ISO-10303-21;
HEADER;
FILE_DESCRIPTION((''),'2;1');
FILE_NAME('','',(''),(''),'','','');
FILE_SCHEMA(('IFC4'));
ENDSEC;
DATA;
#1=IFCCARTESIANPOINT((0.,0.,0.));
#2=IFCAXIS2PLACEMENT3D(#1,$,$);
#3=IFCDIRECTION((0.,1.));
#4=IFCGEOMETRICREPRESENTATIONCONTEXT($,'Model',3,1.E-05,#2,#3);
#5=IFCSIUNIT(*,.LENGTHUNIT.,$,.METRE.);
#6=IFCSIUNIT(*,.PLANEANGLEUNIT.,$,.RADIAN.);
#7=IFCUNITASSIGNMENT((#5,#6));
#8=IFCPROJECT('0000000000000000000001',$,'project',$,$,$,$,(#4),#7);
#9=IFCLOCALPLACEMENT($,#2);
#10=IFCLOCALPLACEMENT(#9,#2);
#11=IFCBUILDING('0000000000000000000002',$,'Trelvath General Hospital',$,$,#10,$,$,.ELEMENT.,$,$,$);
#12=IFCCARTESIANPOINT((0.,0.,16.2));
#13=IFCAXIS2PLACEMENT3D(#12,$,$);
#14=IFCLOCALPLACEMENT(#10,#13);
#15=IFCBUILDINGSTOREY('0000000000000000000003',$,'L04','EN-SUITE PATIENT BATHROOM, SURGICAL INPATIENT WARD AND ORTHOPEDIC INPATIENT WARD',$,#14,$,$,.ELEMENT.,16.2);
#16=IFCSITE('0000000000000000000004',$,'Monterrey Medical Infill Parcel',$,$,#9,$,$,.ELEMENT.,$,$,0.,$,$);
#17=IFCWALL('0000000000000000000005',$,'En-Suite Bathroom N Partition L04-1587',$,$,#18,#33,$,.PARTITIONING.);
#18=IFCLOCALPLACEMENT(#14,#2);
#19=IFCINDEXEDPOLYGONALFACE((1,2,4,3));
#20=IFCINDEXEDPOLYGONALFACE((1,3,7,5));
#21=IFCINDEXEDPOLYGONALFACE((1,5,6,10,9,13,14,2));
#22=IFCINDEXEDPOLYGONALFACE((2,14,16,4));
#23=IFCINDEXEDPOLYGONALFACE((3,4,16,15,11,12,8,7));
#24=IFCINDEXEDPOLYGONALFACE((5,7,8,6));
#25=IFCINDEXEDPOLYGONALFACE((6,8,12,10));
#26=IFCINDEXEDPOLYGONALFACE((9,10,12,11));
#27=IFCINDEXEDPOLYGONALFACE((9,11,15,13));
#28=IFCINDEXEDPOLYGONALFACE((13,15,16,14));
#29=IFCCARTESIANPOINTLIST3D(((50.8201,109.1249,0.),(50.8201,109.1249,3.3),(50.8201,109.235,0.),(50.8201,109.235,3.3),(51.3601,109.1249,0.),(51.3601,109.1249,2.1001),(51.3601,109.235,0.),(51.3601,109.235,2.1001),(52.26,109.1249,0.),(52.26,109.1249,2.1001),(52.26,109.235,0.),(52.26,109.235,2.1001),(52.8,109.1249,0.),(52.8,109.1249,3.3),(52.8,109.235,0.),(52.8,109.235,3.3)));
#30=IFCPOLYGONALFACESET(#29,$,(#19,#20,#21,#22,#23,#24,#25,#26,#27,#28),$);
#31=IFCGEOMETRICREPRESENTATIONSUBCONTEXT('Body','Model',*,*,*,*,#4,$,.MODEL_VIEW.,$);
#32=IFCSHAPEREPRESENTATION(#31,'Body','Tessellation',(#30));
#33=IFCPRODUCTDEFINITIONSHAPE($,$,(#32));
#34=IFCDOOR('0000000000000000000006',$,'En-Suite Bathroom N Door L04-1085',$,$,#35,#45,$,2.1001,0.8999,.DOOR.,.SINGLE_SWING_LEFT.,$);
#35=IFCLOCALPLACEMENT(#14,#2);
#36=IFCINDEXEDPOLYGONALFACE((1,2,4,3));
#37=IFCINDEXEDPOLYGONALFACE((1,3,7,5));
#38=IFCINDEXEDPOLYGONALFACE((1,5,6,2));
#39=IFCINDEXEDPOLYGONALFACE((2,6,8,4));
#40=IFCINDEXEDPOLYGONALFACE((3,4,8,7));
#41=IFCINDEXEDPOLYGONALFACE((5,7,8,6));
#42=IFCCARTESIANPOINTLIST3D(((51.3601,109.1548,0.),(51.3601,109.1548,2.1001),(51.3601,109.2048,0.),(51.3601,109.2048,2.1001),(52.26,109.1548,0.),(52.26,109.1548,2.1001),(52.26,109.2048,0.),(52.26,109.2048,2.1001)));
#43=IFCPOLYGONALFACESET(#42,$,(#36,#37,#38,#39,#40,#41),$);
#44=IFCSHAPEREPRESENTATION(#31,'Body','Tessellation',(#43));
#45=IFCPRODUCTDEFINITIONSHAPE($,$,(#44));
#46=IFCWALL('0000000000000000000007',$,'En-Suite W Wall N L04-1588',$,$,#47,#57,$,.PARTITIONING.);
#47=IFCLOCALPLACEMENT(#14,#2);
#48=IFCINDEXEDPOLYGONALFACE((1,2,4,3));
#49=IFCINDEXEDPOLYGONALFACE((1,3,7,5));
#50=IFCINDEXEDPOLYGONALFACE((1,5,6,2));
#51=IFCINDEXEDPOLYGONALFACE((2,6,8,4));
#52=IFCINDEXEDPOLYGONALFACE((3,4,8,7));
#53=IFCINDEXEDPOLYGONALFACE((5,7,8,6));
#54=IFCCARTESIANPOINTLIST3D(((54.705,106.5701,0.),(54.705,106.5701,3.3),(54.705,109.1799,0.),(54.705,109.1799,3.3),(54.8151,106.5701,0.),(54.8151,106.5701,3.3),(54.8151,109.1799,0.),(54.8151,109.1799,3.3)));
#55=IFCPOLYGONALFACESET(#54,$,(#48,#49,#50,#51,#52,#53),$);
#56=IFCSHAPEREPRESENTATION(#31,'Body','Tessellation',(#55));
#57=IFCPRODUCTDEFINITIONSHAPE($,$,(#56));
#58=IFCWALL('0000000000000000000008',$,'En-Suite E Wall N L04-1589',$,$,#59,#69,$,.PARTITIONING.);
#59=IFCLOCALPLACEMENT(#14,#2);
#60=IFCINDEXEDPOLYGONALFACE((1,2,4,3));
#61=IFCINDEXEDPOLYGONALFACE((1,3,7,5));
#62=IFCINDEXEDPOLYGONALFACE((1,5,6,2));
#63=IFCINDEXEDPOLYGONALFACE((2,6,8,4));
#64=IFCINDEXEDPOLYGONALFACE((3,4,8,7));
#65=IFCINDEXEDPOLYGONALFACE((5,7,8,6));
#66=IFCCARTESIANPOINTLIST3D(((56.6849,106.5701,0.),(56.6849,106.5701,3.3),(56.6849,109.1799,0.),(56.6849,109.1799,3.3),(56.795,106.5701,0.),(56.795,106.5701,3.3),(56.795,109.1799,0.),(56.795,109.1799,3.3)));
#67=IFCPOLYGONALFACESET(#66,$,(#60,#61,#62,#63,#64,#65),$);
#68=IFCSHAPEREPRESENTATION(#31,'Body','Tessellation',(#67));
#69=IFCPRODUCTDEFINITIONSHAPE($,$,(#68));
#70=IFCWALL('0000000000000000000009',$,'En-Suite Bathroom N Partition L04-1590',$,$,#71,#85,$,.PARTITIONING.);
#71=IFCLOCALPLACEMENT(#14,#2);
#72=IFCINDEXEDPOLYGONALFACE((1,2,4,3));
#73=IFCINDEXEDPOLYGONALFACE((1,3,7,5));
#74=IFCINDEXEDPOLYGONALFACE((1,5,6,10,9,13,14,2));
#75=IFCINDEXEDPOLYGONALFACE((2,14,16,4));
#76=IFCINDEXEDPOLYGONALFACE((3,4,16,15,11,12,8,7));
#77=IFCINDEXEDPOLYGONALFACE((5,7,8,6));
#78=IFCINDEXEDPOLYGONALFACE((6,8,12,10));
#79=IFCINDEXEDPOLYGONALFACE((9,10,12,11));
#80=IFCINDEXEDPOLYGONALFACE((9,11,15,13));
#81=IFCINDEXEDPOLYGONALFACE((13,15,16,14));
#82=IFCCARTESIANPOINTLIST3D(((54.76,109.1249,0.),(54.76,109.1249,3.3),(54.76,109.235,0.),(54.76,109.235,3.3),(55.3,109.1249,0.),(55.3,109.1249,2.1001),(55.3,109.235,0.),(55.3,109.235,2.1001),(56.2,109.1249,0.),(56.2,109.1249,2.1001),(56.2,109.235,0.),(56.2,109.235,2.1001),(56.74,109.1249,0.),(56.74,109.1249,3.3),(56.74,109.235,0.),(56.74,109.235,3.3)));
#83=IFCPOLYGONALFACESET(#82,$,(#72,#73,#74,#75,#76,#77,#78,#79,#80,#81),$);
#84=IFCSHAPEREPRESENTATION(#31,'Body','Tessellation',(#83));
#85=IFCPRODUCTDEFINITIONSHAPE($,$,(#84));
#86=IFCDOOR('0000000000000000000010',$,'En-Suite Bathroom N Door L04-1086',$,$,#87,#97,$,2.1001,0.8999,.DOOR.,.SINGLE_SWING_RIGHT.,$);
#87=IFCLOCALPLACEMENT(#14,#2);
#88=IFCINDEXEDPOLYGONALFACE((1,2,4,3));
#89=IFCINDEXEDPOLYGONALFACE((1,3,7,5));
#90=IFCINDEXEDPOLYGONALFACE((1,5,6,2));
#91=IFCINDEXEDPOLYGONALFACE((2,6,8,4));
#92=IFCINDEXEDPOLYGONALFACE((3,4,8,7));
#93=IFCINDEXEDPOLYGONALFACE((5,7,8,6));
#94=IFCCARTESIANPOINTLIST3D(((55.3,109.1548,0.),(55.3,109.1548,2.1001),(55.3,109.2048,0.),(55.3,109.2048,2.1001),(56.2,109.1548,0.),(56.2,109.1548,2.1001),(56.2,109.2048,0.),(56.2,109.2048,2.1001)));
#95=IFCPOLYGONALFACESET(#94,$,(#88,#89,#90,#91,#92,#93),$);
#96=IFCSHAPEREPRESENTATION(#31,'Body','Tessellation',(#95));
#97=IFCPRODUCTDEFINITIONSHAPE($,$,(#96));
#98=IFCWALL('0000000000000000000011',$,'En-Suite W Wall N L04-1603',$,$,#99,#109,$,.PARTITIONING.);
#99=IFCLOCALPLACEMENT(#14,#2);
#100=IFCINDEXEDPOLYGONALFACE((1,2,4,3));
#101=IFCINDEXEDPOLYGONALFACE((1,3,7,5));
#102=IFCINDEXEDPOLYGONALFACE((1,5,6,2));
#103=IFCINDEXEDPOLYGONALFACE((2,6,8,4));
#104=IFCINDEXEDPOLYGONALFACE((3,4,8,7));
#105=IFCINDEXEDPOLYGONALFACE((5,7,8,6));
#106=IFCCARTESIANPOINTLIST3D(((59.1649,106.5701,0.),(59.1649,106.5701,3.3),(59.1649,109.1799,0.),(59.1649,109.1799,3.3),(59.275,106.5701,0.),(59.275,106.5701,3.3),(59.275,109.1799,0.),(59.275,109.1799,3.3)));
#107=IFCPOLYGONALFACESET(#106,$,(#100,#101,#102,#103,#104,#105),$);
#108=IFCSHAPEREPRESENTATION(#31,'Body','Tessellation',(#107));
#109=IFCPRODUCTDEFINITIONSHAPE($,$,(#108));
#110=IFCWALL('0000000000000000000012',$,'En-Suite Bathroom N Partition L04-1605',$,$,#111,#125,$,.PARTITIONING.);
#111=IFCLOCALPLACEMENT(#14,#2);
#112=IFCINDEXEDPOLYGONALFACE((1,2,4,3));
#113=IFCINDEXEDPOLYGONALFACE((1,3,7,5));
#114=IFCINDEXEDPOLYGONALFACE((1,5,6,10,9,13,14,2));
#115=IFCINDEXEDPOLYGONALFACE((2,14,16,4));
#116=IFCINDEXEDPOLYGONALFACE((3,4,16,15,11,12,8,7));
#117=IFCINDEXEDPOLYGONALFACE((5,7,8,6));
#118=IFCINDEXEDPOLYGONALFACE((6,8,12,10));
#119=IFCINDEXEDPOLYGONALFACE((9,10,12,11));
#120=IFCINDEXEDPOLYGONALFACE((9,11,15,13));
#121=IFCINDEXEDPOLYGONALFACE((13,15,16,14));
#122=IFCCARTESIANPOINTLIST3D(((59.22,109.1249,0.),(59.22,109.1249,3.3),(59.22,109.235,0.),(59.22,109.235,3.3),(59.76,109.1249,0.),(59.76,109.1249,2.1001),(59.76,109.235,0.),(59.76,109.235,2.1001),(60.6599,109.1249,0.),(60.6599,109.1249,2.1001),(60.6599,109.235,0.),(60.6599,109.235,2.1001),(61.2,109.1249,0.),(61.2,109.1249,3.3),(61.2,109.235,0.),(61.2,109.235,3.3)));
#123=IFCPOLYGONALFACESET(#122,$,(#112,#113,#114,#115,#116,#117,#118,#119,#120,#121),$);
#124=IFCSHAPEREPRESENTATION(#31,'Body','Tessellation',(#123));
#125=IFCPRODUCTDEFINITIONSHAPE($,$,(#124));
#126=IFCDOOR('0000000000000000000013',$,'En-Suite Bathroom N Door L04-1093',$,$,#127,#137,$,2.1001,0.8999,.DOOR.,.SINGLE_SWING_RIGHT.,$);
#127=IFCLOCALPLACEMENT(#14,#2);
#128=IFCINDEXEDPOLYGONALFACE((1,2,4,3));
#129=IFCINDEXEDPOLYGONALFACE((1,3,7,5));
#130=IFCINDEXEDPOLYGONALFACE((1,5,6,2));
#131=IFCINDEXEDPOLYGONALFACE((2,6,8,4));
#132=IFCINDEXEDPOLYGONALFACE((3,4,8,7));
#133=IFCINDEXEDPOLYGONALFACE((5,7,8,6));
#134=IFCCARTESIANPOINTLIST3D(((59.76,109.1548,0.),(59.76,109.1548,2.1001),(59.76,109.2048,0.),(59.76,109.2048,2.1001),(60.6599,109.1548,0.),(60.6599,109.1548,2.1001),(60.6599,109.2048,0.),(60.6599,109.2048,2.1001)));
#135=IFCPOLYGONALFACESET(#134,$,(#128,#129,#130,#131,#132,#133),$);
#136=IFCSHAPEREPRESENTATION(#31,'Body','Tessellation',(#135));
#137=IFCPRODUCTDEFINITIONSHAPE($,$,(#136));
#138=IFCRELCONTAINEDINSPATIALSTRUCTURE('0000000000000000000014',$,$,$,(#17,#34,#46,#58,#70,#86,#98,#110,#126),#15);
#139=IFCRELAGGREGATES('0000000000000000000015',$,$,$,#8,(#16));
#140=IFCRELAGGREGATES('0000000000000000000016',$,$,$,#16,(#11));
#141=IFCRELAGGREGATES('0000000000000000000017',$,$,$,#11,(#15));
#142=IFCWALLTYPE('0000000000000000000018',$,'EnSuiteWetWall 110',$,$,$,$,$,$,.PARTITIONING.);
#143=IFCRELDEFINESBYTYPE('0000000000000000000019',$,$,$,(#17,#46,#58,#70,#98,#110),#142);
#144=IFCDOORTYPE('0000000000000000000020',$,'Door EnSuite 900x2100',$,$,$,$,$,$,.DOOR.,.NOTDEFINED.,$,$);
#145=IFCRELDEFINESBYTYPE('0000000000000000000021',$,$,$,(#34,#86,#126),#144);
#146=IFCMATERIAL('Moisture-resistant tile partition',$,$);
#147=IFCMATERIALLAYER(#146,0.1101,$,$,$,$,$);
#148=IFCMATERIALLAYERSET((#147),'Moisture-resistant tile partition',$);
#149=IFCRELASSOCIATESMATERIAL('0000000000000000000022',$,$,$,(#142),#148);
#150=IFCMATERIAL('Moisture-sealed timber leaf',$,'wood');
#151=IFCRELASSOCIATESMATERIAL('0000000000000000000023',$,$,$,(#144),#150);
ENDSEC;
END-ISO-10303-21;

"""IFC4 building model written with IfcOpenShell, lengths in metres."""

from ifc_helpers import new_model, si_unit, direction, frame, frame_2d, origin, place, context, subcontext, project, spatial, rectangle, extrude, material, layer, layer_set, type_object, element, fill, save


model = new_model("IFC4")

# Units and contexts
model_context = context("Model", 3, precision=1e-05, world=origin(), true_north=direction((0.0, 1.0)))
body_context = subcontext(model_context, "Body", "Model", "MODEL_VIEW")
ifc_project = project(units=[si_unit("LENGTHUNIT", "METRE"), si_unit("PLANEANGLEUNIT", "RADIAN")], contexts=[model_context])

# Site, building, storey
site_placement = place(None, origin())
site = spatial("IfcSite", under=ifc_project, at=site_placement, Name="Monterrey Medical Infill Parcel", CompositionType="ELEMENT", RefElevation=0.0)
building_placement = place(site_placement, origin())
building = spatial("IfcBuilding", under=site, at=building_placement, Name="Trelvath General Hospital", CompositionType="ELEMENT")
storey_placement = place(building_placement, frame((0.0, 0.0, 16.2)))
storey = spatial("IfcBuildingStorey", under=building, at=storey_placement, Name="L04", Description="EN-SUITE PATIENT BATHROOM, SURGICAL INPATIENT WARD AND ORTHOPEDIC INPATIENT WARD", CompositionType="ELEMENT", Elevation=16.2)

# Wall, opening, door
ifc_material_1 = material(Name="Moisture-resistant tile partition")
ifc_layer_1 = layer(ifc_material_1, 0.1101)
ifc_layer_set_1 = layer_set([ifc_layer_1], Name="Moisture-resistant tile partition")
wall_type_1 = type_object("IfcWallType", Name="EnSuiteWetWall 110", PredefinedType="PARTITIONING", material=ifc_layer_set_1)
wall_1_placement = place(storey_placement, frame((50.8201, 109.1799, 0.0), z_axis=(0.0, 0.0, 1.0), x_axis=(1.0, 0.0, 0.0)))
wall_1 = element("IfcWall", 1, at=wall_1_placement, inside=storey, type_object=wall_type_1, Name="En-Suite Bathroom N Partition L04-1587", PredefinedType="PARTITIONING", context=body_context, shape_type="SweptSolid", body=[
    extrude(rectangle(XDim=1.98, YDim=0.1101, at=frame_2d((0.99, 0.0))), origin(), (0.0, 0.0, 1.0), 3.3),
])
opening_1_placement = place(wall_1_placement, frame((0.54, 0.0, 0.0)))
opening_1 = element("IfcOpeningElement", 2, at=opening_1_placement, cuts=wall_1, PredefinedType="OPENING", context=body_context, shape_type="SweptSolid", body=[
    extrude(rectangle(XDim=0.8999, YDim=2.1001, at=frame_2d((0.45, 1.05))), frame((0.0, 0.0649, 0.0), z_axis=(0.0, -1.0, 0.0), x_axis=(1.0, 0.0, 0.0)), (0.0, 0.0, 1.0), 0.1301),
])
ifc_material_2 = material(Name="Moisture-sealed timber leaf", Category="wood")
door_type_1 = type_object("IfcDoorType", Name="Door EnSuite 900x2100", OperationType="NOTDEFINED", PredefinedType="DOOR", material=ifc_material_2)
door_1_placement = place(opening_1_placement, origin())
door_1 = element("IfcDoor", 3, at=door_1_placement, inside=storey, type_object=door_type_1, Name="En-Suite Bathroom N Door L04-1085", OperationType="SINGLE_SWING_LEFT", OverallHeight=2.1001, OverallWidth=0.8999, PredefinedType="DOOR", context=body_context, shape_type="SweptSolid", body=[
    extrude(rectangle(XDim=0.8999, YDim=2.1001, at=frame_2d((0.45, 1.05))), frame((0.0, 0.0249, 0.0), z_axis=(0.0, -1.0, 0.0), x_axis=(1.0, 0.0, 0.0)), (0.0, 0.0, 1.0), 0.05),
])
fill(opening_1, door_1)

# Walls
for number, where, z_axis, x_axis, name in (
    (4, (54.76, 106.5701, 0.0), (0.0, 0.0, 1.0), (0.0, 1.0, 0.0), "En-Suite W Wall N L04-1588"),
    (5, (56.74, 106.5701, 0.0), (0.0, 0.0, 1.0), (0.0, 1.0, 0.0), "En-Suite E Wall N L04-1589"),
):
    element("IfcWall", number, at=place(storey_placement, frame(where, z_axis=z_axis, x_axis=x_axis)), inside=storey, type_object=wall_type_1, Name=name, PredefinedType="PARTITIONING", context=body_context, shape_type="SweptSolid", body=[
        extrude(rectangle(XDim=2.6099, YDim=0.1101, at=frame_2d((1.3049, 0.0))), origin(), (0.0, 0.0, 1.0), 3.3),
    ])

# Wall, opening, door
wall_2_placement = place(storey_placement, frame((54.76, 109.1799, 0.0), z_axis=(0.0, 0.0, 1.0), x_axis=(1.0, 0.0, 0.0)))
wall_2 = element("IfcWall", 6, at=wall_2_placement, inside=storey, type_object=wall_type_1, Name="En-Suite Bathroom N Partition L04-1590", PredefinedType="PARTITIONING", context=body_context, shape_type="SweptSolid", body=[
    extrude(rectangle(XDim=1.98, YDim=0.1101, at=frame_2d((0.99, 0.0))), origin(), (0.0, 0.0, 1.0), 3.3),
])
opening_2_placement = place(wall_2_placement, frame((0.54, 0.0, 0.0)))
opening_2 = element("IfcOpeningElement", 7, at=opening_2_placement, cuts=wall_2, PredefinedType="OPENING", context=body_context, shape_type="SweptSolid", body=[
    extrude(rectangle(XDim=0.8999, YDim=2.1001, at=frame_2d((0.45, 1.05))), frame((0.0, 0.0649, 0.0), z_axis=(0.0, -1.0, 0.0), x_axis=(1.0, 0.0, 0.0)), (0.0, 0.0, 1.0), 0.1301),
])
door_2_placement = place(opening_2_placement, origin())
door_2 = element("IfcDoor", 8, at=door_2_placement, inside=storey, type_object=door_type_1, Name="En-Suite Bathroom N Door L04-1086", OperationType="SINGLE_SWING_RIGHT", OverallHeight=2.1001, OverallWidth=0.8999, PredefinedType="DOOR", context=body_context, shape_type="SweptSolid", body=[
    extrude(rectangle(XDim=0.8999, YDim=2.1001, at=frame_2d((0.45, 1.05))), frame((0.0, 0.0249, 0.0), z_axis=(0.0, -1.0, 0.0), x_axis=(1.0, 0.0, 0.0)), (0.0, 0.0, 1.0), 0.05),
])
fill(opening_2, door_2)

# Wall
wall_3_placement = place(storey_placement, frame((59.22, 106.5701, 0.0), z_axis=(0.0, 0.0, 1.0), x_axis=(0.0, 1.0, 0.0)))
element("IfcWall", 9, at=wall_3_placement, inside=storey, type_object=wall_type_1, Name="En-Suite W Wall N L04-1603", PredefinedType="PARTITIONING", context=body_context, shape_type="SweptSolid", body=[
    extrude(rectangle(XDim=2.6099, YDim=0.1101, at=frame_2d((1.3049, 0.0))), origin(), (0.0, 0.0, 1.0), 3.3),
])

# Wall, opening, door
wall_4_placement = place(storey_placement, frame((59.22, 109.1799, 0.0), z_axis=(0.0, 0.0, 1.0), x_axis=(1.0, 0.0, 0.0)))
wall_4 = element("IfcWall", 10, at=wall_4_placement, inside=storey, type_object=wall_type_1, Name="En-Suite Bathroom N Partition L04-1605", PredefinedType="PARTITIONING", context=body_context, shape_type="SweptSolid", body=[
    extrude(rectangle(XDim=1.98, YDim=0.1101, at=frame_2d((0.99, 0.0))), origin(), (0.0, 0.0, 1.0), 3.3),
])
opening_3_placement = place(wall_4_placement, frame((0.54, 0.0, 0.0)))
opening_3 = element("IfcOpeningElement", 11, at=opening_3_placement, cuts=wall_4, PredefinedType="OPENING", context=body_context, shape_type="SweptSolid", body=[
    extrude(rectangle(XDim=0.8999, YDim=2.1001, at=frame_2d((0.45, 1.05))), frame((0.0, 0.0649, 0.0), z_axis=(0.0, -1.0, 0.0), x_axis=(1.0, 0.0, 0.0)), (0.0, 0.0, 1.0), 0.1301),
])
door_3_placement = place(opening_3_placement, origin())
door_3 = element("IfcDoor", 12, at=door_3_placement, inside=storey, type_object=door_type_1, Name="En-Suite Bathroom N Door L04-1093", OperationType="SINGLE_SWING_RIGHT", OverallHeight=2.1001, OverallWidth=0.8999, PredefinedType="DOOR", context=body_context, shape_type="SweptSolid", body=[
    extrude(rectangle(XDim=0.8999, YDim=2.1001, at=frame_2d((0.45, 1.05))), frame((0.0, 0.0249, 0.0), z_axis=(0.0, -1.0, 0.0), x_axis=(1.0, 0.0, 0.0)), (0.0, 0.0, 1.0), 0.05),
])
fill(opening_3, door_3)

save(model, "model.ifc")
